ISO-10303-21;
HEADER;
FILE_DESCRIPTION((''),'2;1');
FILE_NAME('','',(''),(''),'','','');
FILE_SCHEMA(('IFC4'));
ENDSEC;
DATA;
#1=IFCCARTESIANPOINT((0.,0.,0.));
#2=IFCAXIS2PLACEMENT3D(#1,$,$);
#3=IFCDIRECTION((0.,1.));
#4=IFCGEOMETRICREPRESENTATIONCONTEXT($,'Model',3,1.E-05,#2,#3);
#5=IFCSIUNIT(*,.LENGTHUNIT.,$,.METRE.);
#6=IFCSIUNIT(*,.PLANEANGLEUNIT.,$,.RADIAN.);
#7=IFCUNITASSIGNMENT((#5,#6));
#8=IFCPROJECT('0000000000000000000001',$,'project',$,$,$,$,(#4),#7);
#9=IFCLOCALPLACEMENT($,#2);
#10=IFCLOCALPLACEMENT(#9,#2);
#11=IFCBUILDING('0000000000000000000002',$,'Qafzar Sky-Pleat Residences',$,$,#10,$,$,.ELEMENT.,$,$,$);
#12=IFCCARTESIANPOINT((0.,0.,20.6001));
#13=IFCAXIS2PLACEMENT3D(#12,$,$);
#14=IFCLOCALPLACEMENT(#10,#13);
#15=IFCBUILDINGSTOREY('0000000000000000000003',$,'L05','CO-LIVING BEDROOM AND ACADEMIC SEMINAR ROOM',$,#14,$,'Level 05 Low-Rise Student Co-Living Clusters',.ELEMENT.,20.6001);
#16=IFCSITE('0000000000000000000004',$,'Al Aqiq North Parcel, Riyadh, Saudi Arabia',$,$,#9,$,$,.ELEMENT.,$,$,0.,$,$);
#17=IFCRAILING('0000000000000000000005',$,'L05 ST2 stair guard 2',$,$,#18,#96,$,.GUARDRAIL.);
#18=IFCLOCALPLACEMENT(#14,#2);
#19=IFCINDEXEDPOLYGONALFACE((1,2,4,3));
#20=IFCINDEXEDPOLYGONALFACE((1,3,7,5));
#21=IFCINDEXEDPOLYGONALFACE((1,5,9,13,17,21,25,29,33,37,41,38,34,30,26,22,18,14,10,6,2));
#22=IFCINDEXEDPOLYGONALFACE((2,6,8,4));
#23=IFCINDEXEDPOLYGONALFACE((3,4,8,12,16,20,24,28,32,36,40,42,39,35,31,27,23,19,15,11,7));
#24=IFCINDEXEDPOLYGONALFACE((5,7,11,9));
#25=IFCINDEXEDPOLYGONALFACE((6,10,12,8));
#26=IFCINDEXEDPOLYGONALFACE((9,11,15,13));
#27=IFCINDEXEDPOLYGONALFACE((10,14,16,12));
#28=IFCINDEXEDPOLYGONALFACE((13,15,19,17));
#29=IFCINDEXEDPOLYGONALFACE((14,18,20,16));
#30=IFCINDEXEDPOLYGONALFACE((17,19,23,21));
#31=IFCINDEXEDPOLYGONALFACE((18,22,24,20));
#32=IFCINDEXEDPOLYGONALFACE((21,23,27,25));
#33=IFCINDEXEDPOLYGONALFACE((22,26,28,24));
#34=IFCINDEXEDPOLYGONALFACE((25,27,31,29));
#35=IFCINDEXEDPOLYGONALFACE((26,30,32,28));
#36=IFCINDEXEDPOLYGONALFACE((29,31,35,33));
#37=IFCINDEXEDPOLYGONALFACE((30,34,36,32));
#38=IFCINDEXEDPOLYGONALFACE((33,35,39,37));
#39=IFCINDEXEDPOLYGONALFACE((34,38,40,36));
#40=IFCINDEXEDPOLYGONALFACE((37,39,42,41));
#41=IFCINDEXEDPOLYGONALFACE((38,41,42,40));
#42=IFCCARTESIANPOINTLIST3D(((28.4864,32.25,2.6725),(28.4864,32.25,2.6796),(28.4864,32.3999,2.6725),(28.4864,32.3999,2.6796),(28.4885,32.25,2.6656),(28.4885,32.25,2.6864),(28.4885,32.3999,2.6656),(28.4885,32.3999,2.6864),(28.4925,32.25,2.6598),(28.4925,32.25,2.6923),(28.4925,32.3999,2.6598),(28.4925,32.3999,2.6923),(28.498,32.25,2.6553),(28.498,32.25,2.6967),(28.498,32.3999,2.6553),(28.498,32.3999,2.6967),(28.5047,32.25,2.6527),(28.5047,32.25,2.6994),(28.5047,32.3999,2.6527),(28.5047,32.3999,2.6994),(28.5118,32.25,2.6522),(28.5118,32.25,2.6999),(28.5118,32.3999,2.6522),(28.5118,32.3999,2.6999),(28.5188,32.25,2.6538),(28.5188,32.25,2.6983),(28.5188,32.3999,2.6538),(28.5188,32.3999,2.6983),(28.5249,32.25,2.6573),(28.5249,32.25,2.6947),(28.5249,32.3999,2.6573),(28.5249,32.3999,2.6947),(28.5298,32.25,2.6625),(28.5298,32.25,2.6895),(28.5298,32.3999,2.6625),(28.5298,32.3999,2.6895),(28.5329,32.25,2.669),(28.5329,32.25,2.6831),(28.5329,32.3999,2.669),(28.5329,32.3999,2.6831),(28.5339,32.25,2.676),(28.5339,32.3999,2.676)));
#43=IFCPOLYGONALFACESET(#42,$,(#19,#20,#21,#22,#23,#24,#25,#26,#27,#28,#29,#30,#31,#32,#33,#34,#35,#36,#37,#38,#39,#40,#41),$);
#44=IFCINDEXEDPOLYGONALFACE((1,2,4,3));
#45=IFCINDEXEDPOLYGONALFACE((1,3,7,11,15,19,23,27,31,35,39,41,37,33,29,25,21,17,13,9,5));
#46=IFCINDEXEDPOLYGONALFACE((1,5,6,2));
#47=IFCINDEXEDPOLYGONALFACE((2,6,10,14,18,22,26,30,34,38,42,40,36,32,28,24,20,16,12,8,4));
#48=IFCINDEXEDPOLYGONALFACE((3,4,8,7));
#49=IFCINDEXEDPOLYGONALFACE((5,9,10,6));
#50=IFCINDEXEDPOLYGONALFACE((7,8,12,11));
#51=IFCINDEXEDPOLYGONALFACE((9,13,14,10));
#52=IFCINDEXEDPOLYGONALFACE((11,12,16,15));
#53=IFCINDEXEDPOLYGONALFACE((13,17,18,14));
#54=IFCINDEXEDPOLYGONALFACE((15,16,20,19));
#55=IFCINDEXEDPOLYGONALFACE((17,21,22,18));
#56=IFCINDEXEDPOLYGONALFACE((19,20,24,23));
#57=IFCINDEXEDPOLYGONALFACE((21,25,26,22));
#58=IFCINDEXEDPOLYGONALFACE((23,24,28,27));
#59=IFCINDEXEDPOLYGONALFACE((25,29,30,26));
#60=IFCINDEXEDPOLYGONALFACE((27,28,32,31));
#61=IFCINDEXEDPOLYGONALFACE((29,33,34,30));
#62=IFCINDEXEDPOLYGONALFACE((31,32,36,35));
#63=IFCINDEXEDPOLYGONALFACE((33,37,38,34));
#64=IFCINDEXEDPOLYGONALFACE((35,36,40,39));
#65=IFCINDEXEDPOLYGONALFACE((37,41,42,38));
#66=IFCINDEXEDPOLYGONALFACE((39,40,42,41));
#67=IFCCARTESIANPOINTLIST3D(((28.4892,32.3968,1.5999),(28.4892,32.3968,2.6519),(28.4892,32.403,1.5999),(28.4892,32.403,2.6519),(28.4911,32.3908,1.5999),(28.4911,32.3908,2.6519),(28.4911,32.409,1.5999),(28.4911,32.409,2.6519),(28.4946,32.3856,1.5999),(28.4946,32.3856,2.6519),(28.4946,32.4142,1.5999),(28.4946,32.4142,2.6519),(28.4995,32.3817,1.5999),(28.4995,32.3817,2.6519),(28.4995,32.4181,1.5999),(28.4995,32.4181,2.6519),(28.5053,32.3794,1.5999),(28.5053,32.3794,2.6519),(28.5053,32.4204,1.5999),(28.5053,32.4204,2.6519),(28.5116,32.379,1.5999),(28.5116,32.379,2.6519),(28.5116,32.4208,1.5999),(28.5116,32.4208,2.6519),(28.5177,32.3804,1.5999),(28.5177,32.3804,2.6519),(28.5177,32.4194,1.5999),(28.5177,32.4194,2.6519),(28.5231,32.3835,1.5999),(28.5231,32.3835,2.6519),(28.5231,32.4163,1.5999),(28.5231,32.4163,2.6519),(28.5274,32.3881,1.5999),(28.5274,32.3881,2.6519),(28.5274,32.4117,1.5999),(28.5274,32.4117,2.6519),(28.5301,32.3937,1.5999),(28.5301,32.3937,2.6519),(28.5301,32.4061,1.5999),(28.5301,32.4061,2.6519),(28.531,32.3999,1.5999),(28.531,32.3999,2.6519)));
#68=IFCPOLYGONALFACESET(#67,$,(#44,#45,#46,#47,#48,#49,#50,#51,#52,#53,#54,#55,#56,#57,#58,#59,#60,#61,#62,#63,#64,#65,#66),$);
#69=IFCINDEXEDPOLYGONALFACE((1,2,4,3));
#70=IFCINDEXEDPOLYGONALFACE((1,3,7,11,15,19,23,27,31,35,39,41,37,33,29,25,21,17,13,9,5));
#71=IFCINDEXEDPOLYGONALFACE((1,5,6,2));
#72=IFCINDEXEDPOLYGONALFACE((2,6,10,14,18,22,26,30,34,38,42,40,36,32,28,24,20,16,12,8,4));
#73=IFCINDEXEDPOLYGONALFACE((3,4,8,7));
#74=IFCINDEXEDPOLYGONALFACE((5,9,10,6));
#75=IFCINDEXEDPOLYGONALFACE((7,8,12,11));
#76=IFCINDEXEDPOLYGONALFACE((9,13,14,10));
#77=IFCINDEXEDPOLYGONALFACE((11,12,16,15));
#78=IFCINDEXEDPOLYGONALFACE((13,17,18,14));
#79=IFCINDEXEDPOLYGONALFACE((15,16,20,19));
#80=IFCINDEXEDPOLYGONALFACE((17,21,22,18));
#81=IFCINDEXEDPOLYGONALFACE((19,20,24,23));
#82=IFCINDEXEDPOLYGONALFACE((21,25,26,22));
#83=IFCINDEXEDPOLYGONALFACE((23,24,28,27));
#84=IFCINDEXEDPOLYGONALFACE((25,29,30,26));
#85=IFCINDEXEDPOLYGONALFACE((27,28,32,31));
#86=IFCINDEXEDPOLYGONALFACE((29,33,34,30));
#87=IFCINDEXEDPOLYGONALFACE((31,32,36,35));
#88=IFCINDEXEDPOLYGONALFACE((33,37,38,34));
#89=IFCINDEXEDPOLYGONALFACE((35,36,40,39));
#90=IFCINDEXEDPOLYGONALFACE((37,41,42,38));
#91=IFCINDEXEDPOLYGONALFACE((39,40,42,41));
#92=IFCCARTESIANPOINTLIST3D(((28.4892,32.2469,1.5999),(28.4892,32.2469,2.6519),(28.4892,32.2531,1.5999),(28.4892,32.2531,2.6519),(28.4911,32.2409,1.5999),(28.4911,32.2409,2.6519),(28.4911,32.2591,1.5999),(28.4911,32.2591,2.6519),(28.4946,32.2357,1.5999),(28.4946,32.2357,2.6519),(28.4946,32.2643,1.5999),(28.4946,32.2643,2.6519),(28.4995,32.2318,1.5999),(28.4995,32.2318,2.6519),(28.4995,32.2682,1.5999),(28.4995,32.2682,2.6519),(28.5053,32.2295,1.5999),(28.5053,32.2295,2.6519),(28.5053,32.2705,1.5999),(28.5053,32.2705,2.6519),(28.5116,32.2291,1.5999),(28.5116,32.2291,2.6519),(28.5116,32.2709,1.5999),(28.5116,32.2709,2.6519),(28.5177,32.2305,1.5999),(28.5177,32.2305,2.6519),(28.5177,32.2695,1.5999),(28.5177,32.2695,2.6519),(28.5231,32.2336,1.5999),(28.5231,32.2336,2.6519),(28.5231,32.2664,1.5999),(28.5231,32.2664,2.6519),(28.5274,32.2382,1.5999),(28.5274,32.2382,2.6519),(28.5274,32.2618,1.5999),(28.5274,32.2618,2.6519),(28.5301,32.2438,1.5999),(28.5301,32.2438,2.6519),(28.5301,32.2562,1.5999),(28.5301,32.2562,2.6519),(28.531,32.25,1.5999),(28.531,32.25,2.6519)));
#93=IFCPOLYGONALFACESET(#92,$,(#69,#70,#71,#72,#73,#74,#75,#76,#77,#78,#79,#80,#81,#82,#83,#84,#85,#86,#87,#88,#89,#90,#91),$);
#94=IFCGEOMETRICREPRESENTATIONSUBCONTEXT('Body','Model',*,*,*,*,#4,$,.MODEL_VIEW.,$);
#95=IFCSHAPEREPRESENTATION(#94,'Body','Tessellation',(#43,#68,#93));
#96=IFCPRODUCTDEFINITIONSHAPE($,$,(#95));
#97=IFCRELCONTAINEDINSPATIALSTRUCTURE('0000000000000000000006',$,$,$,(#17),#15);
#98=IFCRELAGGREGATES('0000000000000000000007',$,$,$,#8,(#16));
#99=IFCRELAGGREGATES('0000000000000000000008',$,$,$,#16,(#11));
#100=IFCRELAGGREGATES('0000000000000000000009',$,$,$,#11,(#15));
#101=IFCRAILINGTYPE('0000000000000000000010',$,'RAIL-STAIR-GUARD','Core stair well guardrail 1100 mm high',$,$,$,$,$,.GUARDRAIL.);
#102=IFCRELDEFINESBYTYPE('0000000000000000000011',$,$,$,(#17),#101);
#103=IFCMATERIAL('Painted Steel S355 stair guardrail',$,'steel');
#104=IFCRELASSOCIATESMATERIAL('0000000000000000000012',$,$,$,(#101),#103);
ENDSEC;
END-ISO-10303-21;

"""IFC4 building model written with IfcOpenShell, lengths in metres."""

from ifc_helpers import new_model, si_unit, direction, frame, origin, origin_2d, place, context, subcontext, project, spatial, circle, extrude, source, transform, mapped, material, type_object, element, save


model = new_model("IFC4")

# Units and contexts
model_context = context("Model", 3, precision=1e-05, world=origin(), true_north=direction((0.0, 1.0)))
body_context = subcontext(model_context, "Body", "Model", "MODEL_VIEW")
ifc_project = project(units=[si_unit("LENGTHUNIT", "METRE"), si_unit("PLANEANGLEUNIT", "RADIAN")], contexts=[model_context])

# Site, building, storey
site_placement = place(None, origin())
site = spatial("IfcSite", under=ifc_project, at=site_placement, Name="Al Aqiq North Parcel, Riyadh, Saudi Arabia", CompositionType="ELEMENT", RefElevation=0.0)
building_placement = place(site_placement, origin())
building = spatial("IfcBuilding", under=site, at=building_placement, Name="Qafzar Sky-Pleat Residences", CompositionType="ELEMENT")
storey_placement = place(building_placement, frame((0.0, 0.0, 20.6001)))
storey = spatial("IfcBuildingStorey", under=building, at=storey_placement, Name="L05", Description="CO-LIVING BEDROOM AND ACADEMIC SEMINAR ROOM", LongName="Level 05 Low-Rise Student Co-Living Clusters", CompositionType="ELEMENT", Elevation=20.6001)

# Railing
ifc_material_1 = material(Name="Painted Steel S355 stair guardrail", Category="steel")
railing_type = type_object("IfcRailingType", Name="RAIL-STAIR-GUARD", Description="Core stair well guardrail 1100 mm high", PredefinedType="GUARDRAIL", material=ifc_material_1)
shared_shape_1 = source(origin(), body_context, "Body", "SweptSolid", [
    extrude(circle(Radius=0.0239, at=origin_2d()), frame((0.0, 0.0, 1.0762), z_axis=(0.0, -1.0, 0.0), x_axis=(1.0, 0.0, 0.0)), (0.0, 0.0, 1.0), 0.1499),
    extrude(circle(Radius=0.021, at=origin_2d()), origin(), (0.0, 0.0, 1.0), 1.052),
    extrude(circle(Radius=0.021, at=origin_2d()), frame((0.0, -0.1499, 0.0)), (0.0, 0.0, 1.0), 1.052),
])
railing_1_placement = place(storey_placement, frame((28.51, 32.3999, 1.5999)))
element("IfcRailing", 1, at=railing_1_placement, inside=storey, type_object=railing_type, Name="L05 ST2 stair guard 2", PredefinedType="GUARDRAIL", context=body_context, shape_type="MappedRepresentation", body=[
    mapped(shared_shape_1, transform((0.0, 0.0, 0.0), x_axis=(1.0, 0.0, 0.0), y_axis=(0.0, 1.0, 0.0), z_axis=(0.0, 0.0, 1.0), scale=1.0)),
])

save(model, "model.ifc")
